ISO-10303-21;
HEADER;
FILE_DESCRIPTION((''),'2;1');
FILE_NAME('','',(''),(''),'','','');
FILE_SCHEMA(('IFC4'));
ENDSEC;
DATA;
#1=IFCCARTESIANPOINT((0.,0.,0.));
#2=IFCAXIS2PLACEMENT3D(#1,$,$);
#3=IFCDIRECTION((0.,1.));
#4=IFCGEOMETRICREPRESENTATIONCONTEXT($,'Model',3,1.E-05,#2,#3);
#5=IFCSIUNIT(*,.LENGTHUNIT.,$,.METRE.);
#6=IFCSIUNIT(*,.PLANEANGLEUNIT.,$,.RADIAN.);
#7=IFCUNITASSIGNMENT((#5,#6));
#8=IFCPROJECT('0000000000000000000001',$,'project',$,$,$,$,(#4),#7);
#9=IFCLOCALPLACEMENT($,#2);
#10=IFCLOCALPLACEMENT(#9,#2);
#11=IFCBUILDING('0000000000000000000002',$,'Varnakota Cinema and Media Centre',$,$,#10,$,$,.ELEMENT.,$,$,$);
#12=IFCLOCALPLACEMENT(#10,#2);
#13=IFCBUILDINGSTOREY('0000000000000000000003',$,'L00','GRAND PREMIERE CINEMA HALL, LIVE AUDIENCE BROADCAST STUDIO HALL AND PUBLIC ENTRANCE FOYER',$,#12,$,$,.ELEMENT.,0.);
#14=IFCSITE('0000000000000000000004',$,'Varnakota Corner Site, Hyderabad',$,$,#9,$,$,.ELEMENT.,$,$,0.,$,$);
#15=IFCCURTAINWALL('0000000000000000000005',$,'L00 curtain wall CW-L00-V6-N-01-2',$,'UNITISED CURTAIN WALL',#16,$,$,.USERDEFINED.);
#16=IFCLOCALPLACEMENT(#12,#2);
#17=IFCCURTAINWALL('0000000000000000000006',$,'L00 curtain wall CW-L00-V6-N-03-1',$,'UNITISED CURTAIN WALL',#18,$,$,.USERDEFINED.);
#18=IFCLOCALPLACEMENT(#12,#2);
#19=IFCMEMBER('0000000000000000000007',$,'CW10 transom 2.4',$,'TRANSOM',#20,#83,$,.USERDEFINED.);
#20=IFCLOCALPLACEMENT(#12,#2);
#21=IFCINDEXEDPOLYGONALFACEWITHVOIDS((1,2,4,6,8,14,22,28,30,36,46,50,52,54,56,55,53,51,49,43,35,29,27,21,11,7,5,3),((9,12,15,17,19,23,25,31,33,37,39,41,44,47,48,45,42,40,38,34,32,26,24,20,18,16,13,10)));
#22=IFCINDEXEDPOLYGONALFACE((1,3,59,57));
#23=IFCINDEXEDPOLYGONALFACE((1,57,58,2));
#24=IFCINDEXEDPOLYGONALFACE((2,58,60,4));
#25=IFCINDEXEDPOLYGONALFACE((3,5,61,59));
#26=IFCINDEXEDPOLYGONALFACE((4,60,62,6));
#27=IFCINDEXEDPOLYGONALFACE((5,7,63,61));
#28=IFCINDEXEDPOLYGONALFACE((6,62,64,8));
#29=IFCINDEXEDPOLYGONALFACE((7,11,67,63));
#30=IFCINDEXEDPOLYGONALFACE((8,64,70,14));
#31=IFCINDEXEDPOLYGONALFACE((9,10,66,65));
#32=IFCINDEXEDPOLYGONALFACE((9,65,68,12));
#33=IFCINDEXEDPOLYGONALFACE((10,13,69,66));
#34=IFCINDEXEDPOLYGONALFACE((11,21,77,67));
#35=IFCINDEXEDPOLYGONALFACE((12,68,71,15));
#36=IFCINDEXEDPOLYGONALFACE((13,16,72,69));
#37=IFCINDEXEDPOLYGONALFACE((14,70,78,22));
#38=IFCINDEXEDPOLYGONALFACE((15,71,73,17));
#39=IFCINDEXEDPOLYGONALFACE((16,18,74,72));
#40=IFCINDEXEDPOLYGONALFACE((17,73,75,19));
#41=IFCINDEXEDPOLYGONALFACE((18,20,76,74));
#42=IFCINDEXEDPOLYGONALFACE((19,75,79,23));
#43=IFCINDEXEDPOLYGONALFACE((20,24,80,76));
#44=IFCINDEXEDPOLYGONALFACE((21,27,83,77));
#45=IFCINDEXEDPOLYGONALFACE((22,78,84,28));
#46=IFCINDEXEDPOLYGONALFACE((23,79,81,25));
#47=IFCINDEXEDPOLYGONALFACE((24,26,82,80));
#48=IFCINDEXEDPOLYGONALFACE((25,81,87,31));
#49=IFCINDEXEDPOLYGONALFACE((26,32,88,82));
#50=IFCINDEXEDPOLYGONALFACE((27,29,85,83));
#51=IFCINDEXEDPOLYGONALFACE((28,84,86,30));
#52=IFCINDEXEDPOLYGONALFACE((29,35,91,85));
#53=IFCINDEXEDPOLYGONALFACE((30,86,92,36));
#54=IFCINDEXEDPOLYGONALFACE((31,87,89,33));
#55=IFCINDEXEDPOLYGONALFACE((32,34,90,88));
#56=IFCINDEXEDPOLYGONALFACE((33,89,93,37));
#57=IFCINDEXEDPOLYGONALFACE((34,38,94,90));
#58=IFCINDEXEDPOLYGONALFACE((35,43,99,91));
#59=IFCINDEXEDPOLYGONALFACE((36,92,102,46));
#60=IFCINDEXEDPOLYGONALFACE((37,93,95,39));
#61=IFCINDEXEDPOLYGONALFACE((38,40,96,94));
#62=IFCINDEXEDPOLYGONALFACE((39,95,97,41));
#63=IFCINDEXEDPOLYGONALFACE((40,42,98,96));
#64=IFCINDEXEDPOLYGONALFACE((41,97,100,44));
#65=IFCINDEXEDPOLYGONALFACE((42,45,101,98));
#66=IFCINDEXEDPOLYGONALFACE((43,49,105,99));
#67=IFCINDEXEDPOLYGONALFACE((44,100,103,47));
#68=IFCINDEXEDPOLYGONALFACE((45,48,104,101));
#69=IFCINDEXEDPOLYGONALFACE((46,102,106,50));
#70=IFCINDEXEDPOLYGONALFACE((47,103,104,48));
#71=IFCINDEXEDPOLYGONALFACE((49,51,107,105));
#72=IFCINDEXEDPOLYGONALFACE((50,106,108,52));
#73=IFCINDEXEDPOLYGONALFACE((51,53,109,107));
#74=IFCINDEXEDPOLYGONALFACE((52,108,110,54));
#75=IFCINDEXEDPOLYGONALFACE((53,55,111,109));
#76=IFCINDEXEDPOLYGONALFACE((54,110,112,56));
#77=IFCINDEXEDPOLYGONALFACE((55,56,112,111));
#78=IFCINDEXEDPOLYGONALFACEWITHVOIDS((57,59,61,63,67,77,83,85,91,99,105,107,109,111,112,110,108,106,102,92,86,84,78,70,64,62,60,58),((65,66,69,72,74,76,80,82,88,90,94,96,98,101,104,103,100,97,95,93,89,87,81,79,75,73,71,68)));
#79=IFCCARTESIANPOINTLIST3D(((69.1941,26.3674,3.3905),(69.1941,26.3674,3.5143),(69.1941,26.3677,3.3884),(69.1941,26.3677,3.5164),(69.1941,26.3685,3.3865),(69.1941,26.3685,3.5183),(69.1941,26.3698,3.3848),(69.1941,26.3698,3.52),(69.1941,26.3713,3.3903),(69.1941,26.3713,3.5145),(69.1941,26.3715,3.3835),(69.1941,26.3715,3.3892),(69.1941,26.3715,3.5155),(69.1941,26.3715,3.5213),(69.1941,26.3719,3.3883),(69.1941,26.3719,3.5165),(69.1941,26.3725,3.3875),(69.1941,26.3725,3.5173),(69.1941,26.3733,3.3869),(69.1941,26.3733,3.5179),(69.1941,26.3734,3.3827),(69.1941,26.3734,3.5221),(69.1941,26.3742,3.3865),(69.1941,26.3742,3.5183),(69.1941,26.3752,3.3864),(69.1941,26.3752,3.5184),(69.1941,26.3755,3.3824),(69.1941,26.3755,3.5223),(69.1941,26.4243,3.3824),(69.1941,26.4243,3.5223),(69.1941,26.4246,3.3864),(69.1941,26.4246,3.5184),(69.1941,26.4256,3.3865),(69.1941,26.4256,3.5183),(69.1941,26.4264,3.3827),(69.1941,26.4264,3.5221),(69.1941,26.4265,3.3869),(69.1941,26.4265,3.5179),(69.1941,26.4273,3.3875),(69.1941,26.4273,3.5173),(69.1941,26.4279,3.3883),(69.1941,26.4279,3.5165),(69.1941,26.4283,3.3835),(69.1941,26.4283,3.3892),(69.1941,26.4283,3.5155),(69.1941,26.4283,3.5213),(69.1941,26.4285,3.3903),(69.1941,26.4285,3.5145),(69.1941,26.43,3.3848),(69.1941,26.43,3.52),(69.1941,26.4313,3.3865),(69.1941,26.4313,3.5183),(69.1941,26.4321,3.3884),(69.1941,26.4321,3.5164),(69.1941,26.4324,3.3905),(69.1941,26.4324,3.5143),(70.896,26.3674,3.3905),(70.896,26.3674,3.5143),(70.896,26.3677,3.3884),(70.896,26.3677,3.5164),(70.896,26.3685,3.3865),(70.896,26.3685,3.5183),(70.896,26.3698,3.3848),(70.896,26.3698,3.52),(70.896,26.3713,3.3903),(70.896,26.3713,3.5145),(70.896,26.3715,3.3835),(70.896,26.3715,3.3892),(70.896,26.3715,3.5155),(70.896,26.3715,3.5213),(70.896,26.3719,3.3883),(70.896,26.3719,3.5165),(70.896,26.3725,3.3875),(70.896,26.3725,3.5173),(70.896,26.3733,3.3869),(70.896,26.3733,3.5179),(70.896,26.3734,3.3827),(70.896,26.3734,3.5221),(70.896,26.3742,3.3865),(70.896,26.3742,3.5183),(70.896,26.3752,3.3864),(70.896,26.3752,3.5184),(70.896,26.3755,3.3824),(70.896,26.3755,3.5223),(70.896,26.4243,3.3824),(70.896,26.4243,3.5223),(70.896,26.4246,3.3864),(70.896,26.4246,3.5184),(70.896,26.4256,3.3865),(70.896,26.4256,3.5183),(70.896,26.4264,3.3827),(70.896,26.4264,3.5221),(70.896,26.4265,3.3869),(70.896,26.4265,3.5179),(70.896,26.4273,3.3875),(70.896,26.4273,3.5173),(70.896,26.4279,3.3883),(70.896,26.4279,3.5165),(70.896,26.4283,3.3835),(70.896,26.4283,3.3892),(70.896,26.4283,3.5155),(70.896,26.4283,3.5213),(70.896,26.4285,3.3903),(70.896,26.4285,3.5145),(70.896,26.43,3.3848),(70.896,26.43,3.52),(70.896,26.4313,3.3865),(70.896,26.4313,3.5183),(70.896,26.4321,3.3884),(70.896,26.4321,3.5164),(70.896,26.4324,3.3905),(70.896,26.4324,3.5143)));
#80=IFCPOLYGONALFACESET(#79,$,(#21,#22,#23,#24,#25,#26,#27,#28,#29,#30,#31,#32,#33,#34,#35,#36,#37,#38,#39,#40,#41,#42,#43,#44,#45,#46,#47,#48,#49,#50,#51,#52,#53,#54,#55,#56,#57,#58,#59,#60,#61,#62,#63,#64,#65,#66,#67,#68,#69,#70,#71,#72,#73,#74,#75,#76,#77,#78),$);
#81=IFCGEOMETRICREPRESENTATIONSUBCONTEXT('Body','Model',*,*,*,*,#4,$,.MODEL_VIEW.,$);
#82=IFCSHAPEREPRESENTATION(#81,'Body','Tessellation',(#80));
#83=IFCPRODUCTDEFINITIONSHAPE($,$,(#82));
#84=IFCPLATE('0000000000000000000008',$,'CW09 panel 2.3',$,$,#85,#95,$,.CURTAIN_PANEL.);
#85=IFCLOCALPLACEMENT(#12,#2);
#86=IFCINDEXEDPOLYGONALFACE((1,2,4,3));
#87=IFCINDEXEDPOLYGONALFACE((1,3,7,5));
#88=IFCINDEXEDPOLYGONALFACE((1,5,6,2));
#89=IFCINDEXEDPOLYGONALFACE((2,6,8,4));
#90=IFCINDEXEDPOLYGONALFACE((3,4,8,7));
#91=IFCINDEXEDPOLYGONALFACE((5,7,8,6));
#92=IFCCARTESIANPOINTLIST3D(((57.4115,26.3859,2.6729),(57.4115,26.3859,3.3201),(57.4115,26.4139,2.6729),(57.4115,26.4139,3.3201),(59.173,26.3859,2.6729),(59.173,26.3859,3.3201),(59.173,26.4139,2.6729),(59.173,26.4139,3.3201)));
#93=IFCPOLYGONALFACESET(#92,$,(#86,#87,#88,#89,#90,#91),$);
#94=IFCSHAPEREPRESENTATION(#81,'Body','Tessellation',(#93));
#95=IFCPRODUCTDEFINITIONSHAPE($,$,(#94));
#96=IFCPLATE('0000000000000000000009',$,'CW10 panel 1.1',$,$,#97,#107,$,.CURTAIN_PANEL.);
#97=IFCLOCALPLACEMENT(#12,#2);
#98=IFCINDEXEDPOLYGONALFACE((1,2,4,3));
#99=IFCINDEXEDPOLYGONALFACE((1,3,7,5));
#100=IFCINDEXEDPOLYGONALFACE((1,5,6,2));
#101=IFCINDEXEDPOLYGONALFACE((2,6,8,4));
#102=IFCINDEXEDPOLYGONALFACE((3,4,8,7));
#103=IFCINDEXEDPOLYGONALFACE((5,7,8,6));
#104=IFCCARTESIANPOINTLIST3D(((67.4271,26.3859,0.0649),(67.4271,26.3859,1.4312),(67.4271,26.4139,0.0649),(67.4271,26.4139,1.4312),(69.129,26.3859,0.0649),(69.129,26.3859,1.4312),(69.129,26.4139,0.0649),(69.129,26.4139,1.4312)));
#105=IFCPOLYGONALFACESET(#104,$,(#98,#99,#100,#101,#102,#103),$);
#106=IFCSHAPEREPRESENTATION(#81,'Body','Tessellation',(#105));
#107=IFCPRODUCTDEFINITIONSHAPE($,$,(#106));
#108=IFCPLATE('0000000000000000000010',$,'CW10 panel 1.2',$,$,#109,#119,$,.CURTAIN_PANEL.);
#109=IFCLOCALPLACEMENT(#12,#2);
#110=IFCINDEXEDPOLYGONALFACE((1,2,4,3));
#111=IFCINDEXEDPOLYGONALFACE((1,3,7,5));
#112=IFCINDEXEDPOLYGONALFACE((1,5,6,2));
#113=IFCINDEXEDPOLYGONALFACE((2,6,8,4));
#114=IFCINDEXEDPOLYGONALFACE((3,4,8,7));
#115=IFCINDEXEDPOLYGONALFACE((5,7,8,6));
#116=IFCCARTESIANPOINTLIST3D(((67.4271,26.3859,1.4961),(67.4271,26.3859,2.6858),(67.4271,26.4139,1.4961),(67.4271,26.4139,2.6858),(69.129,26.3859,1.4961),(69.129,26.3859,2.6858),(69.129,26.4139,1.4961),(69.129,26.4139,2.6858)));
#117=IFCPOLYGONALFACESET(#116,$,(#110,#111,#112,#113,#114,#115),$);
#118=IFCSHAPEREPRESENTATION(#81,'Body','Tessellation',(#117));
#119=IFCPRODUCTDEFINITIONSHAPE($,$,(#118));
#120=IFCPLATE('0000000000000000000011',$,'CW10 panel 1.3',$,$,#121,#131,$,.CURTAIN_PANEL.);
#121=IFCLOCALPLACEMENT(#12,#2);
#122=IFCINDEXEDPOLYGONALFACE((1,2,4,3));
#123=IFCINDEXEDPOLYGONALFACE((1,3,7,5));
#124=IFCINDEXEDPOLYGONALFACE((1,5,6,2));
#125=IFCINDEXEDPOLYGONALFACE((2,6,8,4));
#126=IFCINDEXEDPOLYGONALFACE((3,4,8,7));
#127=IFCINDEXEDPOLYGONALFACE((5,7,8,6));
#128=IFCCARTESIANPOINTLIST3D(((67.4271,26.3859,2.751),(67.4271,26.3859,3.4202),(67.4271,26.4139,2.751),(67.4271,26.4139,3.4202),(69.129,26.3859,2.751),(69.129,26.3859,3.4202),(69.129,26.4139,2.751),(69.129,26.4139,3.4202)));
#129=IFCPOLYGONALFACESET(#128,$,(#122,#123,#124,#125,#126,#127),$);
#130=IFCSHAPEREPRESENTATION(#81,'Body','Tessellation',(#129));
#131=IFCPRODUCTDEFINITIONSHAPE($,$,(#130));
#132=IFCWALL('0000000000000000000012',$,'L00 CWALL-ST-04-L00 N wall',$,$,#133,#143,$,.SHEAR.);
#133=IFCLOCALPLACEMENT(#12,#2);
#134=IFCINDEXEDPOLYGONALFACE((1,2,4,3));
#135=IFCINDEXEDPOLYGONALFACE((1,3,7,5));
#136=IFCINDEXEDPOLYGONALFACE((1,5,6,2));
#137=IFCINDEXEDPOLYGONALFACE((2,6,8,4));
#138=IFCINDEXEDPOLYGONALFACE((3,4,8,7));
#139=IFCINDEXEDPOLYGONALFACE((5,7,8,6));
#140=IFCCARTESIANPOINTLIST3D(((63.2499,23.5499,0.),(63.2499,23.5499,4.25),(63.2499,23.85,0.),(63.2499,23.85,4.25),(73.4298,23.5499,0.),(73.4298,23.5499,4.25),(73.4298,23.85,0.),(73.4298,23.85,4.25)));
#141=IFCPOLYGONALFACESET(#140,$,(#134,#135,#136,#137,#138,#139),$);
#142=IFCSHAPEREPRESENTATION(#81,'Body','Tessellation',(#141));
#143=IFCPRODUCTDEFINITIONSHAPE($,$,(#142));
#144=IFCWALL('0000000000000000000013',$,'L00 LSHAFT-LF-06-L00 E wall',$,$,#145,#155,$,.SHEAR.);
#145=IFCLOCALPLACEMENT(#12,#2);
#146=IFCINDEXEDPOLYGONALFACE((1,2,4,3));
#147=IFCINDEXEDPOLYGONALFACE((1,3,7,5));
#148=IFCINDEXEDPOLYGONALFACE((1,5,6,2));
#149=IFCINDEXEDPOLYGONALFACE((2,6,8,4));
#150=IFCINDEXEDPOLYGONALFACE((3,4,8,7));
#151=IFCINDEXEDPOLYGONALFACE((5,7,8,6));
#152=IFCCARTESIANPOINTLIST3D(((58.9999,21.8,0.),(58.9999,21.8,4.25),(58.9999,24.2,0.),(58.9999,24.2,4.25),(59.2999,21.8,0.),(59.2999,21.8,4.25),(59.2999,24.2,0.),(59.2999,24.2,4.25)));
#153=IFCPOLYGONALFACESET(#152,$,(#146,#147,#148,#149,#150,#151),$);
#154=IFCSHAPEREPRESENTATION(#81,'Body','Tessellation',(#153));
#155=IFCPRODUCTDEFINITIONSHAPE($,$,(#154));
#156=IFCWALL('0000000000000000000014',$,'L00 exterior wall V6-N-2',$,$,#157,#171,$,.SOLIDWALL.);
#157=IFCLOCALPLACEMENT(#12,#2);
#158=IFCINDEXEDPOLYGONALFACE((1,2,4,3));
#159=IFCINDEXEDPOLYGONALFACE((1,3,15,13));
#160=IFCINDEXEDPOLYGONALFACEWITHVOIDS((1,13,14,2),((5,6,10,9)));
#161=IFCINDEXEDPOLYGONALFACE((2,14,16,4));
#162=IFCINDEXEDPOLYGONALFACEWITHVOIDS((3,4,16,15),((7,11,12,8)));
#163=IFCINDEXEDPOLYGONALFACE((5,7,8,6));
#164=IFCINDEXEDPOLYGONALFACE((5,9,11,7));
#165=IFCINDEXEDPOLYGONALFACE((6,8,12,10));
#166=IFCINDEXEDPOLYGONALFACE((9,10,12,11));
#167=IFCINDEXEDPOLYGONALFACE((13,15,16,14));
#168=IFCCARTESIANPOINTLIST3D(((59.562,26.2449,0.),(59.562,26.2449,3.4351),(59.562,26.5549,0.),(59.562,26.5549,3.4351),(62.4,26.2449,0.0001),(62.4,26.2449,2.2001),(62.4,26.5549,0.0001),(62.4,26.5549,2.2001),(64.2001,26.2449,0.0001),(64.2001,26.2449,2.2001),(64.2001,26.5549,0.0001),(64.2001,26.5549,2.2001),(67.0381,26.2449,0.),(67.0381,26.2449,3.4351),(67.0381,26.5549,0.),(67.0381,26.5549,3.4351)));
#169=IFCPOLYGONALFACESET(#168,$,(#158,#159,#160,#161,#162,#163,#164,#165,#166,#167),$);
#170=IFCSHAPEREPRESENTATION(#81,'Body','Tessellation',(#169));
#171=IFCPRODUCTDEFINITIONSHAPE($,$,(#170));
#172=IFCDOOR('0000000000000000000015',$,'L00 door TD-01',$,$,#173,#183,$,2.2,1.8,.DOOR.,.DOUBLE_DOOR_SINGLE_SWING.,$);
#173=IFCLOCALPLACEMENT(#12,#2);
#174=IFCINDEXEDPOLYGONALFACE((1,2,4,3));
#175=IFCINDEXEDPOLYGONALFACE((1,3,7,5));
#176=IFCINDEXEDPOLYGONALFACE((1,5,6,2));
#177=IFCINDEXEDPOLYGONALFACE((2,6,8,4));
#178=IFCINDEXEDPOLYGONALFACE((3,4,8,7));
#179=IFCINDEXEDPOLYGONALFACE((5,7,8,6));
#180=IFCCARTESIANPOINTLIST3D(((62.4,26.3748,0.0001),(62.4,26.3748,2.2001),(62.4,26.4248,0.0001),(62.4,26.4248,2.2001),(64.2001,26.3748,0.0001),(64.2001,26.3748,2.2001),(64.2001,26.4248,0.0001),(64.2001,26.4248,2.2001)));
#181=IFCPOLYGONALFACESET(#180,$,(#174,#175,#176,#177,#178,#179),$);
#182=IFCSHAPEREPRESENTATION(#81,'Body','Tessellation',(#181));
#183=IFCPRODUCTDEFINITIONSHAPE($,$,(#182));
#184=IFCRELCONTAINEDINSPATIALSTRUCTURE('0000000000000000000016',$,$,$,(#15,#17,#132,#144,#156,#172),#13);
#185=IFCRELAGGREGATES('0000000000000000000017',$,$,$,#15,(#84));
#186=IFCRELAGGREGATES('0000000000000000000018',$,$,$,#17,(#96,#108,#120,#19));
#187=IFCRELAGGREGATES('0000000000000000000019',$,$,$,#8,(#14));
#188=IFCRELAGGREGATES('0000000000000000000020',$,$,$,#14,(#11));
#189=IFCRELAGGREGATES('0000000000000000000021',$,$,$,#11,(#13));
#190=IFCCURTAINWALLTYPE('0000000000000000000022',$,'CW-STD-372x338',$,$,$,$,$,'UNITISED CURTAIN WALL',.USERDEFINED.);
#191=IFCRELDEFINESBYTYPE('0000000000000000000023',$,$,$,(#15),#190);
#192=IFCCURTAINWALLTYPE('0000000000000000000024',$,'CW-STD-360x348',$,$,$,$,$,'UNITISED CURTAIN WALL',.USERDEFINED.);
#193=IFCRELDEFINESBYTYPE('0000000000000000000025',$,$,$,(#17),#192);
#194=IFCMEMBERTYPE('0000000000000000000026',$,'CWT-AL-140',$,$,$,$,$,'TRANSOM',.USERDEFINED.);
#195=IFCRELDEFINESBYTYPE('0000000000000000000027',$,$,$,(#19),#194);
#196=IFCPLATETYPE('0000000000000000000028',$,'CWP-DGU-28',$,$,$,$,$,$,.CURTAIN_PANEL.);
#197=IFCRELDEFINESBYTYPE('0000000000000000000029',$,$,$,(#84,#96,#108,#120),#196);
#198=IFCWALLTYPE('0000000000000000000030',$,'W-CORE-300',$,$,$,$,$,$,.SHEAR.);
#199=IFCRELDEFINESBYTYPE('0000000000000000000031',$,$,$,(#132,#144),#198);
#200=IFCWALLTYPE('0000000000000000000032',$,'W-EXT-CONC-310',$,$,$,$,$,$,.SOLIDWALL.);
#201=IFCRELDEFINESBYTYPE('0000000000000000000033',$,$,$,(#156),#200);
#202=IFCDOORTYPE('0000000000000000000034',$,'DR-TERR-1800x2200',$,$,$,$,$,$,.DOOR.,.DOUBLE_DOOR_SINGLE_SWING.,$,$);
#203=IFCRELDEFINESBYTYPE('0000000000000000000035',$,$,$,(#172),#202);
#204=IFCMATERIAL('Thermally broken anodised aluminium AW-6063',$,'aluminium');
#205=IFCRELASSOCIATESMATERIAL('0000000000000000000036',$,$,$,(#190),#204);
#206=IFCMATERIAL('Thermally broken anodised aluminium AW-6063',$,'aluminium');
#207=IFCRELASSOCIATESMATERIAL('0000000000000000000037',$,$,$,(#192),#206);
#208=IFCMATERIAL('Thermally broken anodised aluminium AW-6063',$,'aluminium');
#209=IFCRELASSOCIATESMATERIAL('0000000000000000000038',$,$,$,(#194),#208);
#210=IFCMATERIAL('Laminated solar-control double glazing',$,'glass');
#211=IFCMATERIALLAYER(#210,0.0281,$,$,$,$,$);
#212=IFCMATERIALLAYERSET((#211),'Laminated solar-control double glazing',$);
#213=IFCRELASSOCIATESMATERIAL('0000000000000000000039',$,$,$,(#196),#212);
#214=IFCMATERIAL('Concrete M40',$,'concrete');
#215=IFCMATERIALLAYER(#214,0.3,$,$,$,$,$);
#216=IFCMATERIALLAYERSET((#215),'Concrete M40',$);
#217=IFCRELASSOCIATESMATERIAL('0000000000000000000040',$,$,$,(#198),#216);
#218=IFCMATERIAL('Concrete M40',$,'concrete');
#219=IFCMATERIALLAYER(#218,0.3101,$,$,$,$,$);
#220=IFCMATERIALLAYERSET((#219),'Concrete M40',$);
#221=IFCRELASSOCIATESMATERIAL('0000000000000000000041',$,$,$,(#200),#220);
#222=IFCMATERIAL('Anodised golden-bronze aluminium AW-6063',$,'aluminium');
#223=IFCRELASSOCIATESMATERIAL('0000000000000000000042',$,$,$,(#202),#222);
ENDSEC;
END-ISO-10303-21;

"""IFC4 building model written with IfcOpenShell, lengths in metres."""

from ifc_helpers import new_model, si_unit, direction, frame, frame_2d, origin, origin_2d, place, context, subcontext, project, spatial, rectangle, hollow_rectangle, extrude, material, layer, layer_set, material_profile, profile_set, type_object, element, fill, aggregate, save


model = new_model("IFC4")

# Units and contexts
model_context = context("Model", 3, precision=1e-05, world=origin(), true_north=direction((0.0, 1.0)))
body_context = subcontext(model_context, "Body", "Model", "MODEL_VIEW")
ifc_project = project(units=[si_unit("LENGTHUNIT", "METRE"), si_unit("PLANEANGLEUNIT", "RADIAN")], contexts=[model_context])

# Site, building, storey
site_placement = place(None, origin())
site = spatial("IfcSite", under=ifc_project, at=site_placement, Name="Varnakota Corner Site, Hyderabad", CompositionType="ELEMENT", RefElevation=0.0)
building_placement = place(site_placement, origin())
building = spatial("IfcBuilding", under=site, at=building_placement, Name="Varnakota Cinema and Media Centre", CompositionType="ELEMENT")
storey_placement = place(building_placement, origin())
storey = spatial("IfcBuildingStorey", under=building, at=storey_placement, Name="L00", Description="GRAND PREMIERE CINEMA HALL, LIVE AUDIENCE BROADCAST STUDIO HALL AND PUBLIC ENTRANCE FOYER", CompositionType="ELEMENT", Elevation=0.0)

# Curtain wall
ifc_material_1 = material(Name="Thermally broken anodised aluminium AW-6063", Category="aluminium")
curtain_wall_type_1 = type_object("IfcCurtainWallType", Name="CW-STD-372x338", ElementType="UNITISED CURTAIN WALL", PredefinedType="USERDEFINED", material=ifc_material_1)
curtain_wall_1_placement = place(storey_placement, origin())
curtain_wall_1 = element("IfcCurtainWall", 1, at=curtain_wall_1_placement, inside=storey, type_object=curtain_wall_type_1, Name="L00 curtain wall CW-L00-V6-N-01-2", ObjectType="UNITISED CURTAIN WALL", PredefinedType="USERDEFINED")

# Curtain wall, member
ifc_material_2 = material(Name="Thermally broken anodised aluminium AW-6063", Category="aluminium")
curtain_wall_type_2 = type_object("IfcCurtainWallType", Name="CW-STD-360x348", ElementType="UNITISED CURTAIN WALL", PredefinedType="USERDEFINED", material=ifc_material_2)
curtain_wall_2_placement = place(storey_placement, origin())
curtain_wall_2 = element("IfcCurtainWall", 2, at=curtain_wall_2_placement, inside=storey, type_object=curtain_wall_type_2, Name="L00 curtain wall CW-L00-V6-N-03-1", ObjectType="UNITISED CURTAIN WALL", PredefinedType="USERDEFINED")
ifc_material_3 = material(Name="Thermally broken anodised aluminium AW-6063", Category="aluminium")
ifc_material_profile_1 = material_profile(ifc_material_3, hollow_rectangle(XDim=0.0649, YDim=0.1399, WallThickness=0.0039, InnerFilletRadius=0.0039, OuterFilletRadius=0.0081, at=origin_2d()), Name="AL-TRANSOM 140x65x4")
ifc_profile_set_1 = profile_set([ifc_material_profile_1], Name="Thermally broken anodised aluminium AW-6063")
member_type_1 = type_object("IfcMemberType", Name="CWT-AL-140", ElementType="TRANSOM", PredefinedType="USERDEFINED", material=ifc_profile_set_1)
member_1_placement = place(storey_placement, frame((69.1941, 26.3999, 3.4524), z_axis=(1.0, 0.0, 0.0), x_axis=(0.0, 1.0, 0.0)))
member_1 = element("IfcMember", 3, at=member_1_placement, type_object=member_type_1, Name="CW10 transom 2.4", ObjectType="TRANSOM", PredefinedType="USERDEFINED", context=body_context, shape_type="SweptSolid", body=[
    extrude(hollow_rectangle(XDim=0.0649, YDim=0.1399, WallThickness=0.0039, InnerFilletRadius=0.0039, OuterFilletRadius=0.0081, at=origin_2d()), origin(), (0.0, 0.0, 1.0), 1.7019),
])

# Plates
ifc_material_4 = material(Name="Laminated solar-control double glazing", Category="glass")
ifc_layer_1 = layer(ifc_material_4, 0.0281)
ifc_layer_set_1 = layer_set([ifc_layer_1], Name="Laminated solar-control double glazing")
plate_type = type_object("IfcPlateType", Name="CWP-DGU-28", PredefinedType="CURTAIN_PANEL", material=ifc_layer_set_1)
plate_1_placement = place(storey_placement, frame((58.2922, 26.3999, 2.6729), z_axis=(0.0, 0.0, 1.0), x_axis=(1.0, 0.0, 0.0)))
plate_1 = element("IfcPlate", 4, at=plate_1_placement, type_object=plate_type, Name="CW09 panel 2.3", PredefinedType="CURTAIN_PANEL", context=body_context, shape_type="SweptSolid", body=[
    extrude(rectangle(XDim=1.7615, YDim=0.0281, at=origin_2d()), origin(), (0.0, 0.0, 1.0), 0.6472),
])
aggregate(curtain_wall_1, [plate_1])
plate_2_placement = place(storey_placement, frame((68.2781, 26.3999, 0.0649), z_axis=(0.0, 0.0, 1.0), x_axis=(1.0, 0.0, 0.0)))
plate_2 = element("IfcPlate", 5, at=plate_2_placement, type_object=plate_type, Name="CW10 panel 1.1", PredefinedType="CURTAIN_PANEL", context=body_context, shape_type="SweptSolid", body=[
    extrude(rectangle(XDim=1.7019, YDim=0.0281, at=origin_2d()), origin(), (0.0, 0.0, 1.0), 1.3662),
])
plate_3_placement = place(storey_placement, frame((68.2781, 26.3999, 1.4961), z_axis=(0.0, 0.0, 1.0), x_axis=(1.0, 0.0, 0.0)))
plate_3 = element("IfcPlate", 6, at=plate_3_placement, type_object=plate_type, Name="CW10 panel 1.2", PredefinedType="CURTAIN_PANEL", context=body_context, shape_type="SweptSolid", body=[
    extrude(rectangle(XDim=1.7019, YDim=0.0281, at=origin_2d()), origin(), (0.0, 0.0, 1.0), 1.1897),
])
plate_4_placement = place(storey_placement, frame((68.2781, 26.3999, 2.751), z_axis=(0.0, 0.0, 1.0), x_axis=(1.0, 0.0, 0.0)))
plate_4 = element("IfcPlate", 7, at=plate_4_placement, type_object=plate_type, Name="CW10 panel 1.3", PredefinedType="CURTAIN_PANEL", context=body_context, shape_type="SweptSolid", body=[
    extrude(rectangle(XDim=1.7019, YDim=0.0281, at=origin_2d()), origin(), (0.0, 0.0, 1.0), 0.6692),
])
aggregate(curtain_wall_2, [plate_2, plate_3, plate_4, member_1])

# Shared definitions
ifc_material_5 = material(Name="Concrete M40", Category="concrete")
ifc_layer_2 = layer(ifc_material_5, 0.3)
ifc_layer_set_2 = layer_set([ifc_layer_2], Name="Concrete M40")
wall_type_1 = type_object("IfcWallType", Name="W-CORE-300", PredefinedType="SHEAR", material=ifc_layer_set_2)

# Wall
wall_1_placement = place(storey_placement, frame((63.25, 23.7, 0.0), z_axis=(0.0, 0.0, 1.0), x_axis=(1.0, 0.0, 0.0)))
element("IfcWall", 8, at=wall_1_placement, inside=storey, type_object=wall_type_1, Name="L00 CWALL-ST-04-L00 N wall", PredefinedType="SHEAR", context=body_context, shape_type="SweptSolid", body=[
    extrude(rectangle(XDim=10.1799, YDim=0.3, at=frame_2d((5.0898, 0.0))), origin(), (0.0, 0.0, 1.0), 4.25),
])

# Wall
wall_2_placement = place(storey_placement, frame((59.1499, 24.2, 0.0), z_axis=(0.0, 0.0, 1.0), x_axis=(0.0, -1.0, 0.0)))
element("IfcWall", 9, at=wall_2_placement, inside=storey, type_object=wall_type_1, Name="L00 LSHAFT-LF-06-L00 E wall", PredefinedType="SHEAR", context=body_context, shape_type="SweptSolid", body=[
    extrude(rectangle(XDim=2.3999, YDim=0.3, at=frame_2d((1.2, 0.0))), origin(), (0.0, 0.0, 1.0), 4.25),
])

# Wall, opening, door
ifc_material_6 = material(Name="Concrete M40", Category="concrete")
ifc_layer_3 = layer(ifc_material_6, 0.3101)
ifc_layer_set_3 = layer_set([ifc_layer_3], Name="Concrete M40")
wall_type_2 = type_object("IfcWallType", Name="W-EXT-CONC-310", PredefinedType="SOLIDWALL", material=ifc_layer_set_3)
wall_3_placement = place(storey_placement, frame((59.562, 26.3999, 0.0), z_axis=(0.0, 0.0, 1.0), x_axis=(1.0, 0.0, 0.0)))
wall_3 = element("IfcWall", 10, at=wall_3_placement, inside=storey, type_object=wall_type_2, Name="L00 exterior wall V6-N-2", PredefinedType="SOLIDWALL", context=body_context, shape_type="SweptSolid", body=[
    extrude(rectangle(XDim=7.4761, YDim=0.3101, at=frame_2d((3.738, 0.0))), origin(), (0.0, 0.0, 1.0), 3.4351),
])
opening_1_placement = place(wall_3_placement, frame((2.8381, 0.0, 0.0)))
opening_1 = element("IfcOpeningElement", 11, at=opening_1_placement, cuts=wall_3, PredefinedType="OPENING", context=body_context, shape_type="SweptSolid", body=[
    extrude(rectangle(XDim=1.8, YDim=2.2, at=frame_2d((0.8999, 1.1001))), frame((0.0, 0.155, 0.0), z_axis=(0.0, -1.0, 0.0), x_axis=(1.0, 0.0, 0.0)), (0.0, 0.0, 1.0), 0.3101),
])
ifc_material_7 = material(Name="Anodised golden-bronze aluminium AW-6063", Category="aluminium")
door_type_1 = type_object("IfcDoorType", Name="DR-TERR-1800x2200", OperationType="DOUBLE_DOOR_SINGLE_SWING", PredefinedType="DOOR", material=ifc_material_7)
door_1_placement = place(opening_1_placement, origin())
door_1 = element("IfcDoor", 12, at=door_1_placement, inside=storey, type_object=door_type_1, Name="L00 door TD-01", OperationType="DOUBLE_DOOR_SINGLE_SWING", OverallHeight=2.2, OverallWidth=1.8, PredefinedType="DOOR", context=body_context, shape_type="SweptSolid", body=[
    extrude(rectangle(XDim=1.8, YDim=2.2, at=frame_2d((0.8999, 1.1001))), frame((0.0, 0.0249, 0.0), z_axis=(0.0, -1.0, 0.0), x_axis=(1.0, 0.0, 0.0)), (0.0, 0.0, 1.0), 0.05),
])
fill(opening_1, door_1)

save(model, "model.ifc")
